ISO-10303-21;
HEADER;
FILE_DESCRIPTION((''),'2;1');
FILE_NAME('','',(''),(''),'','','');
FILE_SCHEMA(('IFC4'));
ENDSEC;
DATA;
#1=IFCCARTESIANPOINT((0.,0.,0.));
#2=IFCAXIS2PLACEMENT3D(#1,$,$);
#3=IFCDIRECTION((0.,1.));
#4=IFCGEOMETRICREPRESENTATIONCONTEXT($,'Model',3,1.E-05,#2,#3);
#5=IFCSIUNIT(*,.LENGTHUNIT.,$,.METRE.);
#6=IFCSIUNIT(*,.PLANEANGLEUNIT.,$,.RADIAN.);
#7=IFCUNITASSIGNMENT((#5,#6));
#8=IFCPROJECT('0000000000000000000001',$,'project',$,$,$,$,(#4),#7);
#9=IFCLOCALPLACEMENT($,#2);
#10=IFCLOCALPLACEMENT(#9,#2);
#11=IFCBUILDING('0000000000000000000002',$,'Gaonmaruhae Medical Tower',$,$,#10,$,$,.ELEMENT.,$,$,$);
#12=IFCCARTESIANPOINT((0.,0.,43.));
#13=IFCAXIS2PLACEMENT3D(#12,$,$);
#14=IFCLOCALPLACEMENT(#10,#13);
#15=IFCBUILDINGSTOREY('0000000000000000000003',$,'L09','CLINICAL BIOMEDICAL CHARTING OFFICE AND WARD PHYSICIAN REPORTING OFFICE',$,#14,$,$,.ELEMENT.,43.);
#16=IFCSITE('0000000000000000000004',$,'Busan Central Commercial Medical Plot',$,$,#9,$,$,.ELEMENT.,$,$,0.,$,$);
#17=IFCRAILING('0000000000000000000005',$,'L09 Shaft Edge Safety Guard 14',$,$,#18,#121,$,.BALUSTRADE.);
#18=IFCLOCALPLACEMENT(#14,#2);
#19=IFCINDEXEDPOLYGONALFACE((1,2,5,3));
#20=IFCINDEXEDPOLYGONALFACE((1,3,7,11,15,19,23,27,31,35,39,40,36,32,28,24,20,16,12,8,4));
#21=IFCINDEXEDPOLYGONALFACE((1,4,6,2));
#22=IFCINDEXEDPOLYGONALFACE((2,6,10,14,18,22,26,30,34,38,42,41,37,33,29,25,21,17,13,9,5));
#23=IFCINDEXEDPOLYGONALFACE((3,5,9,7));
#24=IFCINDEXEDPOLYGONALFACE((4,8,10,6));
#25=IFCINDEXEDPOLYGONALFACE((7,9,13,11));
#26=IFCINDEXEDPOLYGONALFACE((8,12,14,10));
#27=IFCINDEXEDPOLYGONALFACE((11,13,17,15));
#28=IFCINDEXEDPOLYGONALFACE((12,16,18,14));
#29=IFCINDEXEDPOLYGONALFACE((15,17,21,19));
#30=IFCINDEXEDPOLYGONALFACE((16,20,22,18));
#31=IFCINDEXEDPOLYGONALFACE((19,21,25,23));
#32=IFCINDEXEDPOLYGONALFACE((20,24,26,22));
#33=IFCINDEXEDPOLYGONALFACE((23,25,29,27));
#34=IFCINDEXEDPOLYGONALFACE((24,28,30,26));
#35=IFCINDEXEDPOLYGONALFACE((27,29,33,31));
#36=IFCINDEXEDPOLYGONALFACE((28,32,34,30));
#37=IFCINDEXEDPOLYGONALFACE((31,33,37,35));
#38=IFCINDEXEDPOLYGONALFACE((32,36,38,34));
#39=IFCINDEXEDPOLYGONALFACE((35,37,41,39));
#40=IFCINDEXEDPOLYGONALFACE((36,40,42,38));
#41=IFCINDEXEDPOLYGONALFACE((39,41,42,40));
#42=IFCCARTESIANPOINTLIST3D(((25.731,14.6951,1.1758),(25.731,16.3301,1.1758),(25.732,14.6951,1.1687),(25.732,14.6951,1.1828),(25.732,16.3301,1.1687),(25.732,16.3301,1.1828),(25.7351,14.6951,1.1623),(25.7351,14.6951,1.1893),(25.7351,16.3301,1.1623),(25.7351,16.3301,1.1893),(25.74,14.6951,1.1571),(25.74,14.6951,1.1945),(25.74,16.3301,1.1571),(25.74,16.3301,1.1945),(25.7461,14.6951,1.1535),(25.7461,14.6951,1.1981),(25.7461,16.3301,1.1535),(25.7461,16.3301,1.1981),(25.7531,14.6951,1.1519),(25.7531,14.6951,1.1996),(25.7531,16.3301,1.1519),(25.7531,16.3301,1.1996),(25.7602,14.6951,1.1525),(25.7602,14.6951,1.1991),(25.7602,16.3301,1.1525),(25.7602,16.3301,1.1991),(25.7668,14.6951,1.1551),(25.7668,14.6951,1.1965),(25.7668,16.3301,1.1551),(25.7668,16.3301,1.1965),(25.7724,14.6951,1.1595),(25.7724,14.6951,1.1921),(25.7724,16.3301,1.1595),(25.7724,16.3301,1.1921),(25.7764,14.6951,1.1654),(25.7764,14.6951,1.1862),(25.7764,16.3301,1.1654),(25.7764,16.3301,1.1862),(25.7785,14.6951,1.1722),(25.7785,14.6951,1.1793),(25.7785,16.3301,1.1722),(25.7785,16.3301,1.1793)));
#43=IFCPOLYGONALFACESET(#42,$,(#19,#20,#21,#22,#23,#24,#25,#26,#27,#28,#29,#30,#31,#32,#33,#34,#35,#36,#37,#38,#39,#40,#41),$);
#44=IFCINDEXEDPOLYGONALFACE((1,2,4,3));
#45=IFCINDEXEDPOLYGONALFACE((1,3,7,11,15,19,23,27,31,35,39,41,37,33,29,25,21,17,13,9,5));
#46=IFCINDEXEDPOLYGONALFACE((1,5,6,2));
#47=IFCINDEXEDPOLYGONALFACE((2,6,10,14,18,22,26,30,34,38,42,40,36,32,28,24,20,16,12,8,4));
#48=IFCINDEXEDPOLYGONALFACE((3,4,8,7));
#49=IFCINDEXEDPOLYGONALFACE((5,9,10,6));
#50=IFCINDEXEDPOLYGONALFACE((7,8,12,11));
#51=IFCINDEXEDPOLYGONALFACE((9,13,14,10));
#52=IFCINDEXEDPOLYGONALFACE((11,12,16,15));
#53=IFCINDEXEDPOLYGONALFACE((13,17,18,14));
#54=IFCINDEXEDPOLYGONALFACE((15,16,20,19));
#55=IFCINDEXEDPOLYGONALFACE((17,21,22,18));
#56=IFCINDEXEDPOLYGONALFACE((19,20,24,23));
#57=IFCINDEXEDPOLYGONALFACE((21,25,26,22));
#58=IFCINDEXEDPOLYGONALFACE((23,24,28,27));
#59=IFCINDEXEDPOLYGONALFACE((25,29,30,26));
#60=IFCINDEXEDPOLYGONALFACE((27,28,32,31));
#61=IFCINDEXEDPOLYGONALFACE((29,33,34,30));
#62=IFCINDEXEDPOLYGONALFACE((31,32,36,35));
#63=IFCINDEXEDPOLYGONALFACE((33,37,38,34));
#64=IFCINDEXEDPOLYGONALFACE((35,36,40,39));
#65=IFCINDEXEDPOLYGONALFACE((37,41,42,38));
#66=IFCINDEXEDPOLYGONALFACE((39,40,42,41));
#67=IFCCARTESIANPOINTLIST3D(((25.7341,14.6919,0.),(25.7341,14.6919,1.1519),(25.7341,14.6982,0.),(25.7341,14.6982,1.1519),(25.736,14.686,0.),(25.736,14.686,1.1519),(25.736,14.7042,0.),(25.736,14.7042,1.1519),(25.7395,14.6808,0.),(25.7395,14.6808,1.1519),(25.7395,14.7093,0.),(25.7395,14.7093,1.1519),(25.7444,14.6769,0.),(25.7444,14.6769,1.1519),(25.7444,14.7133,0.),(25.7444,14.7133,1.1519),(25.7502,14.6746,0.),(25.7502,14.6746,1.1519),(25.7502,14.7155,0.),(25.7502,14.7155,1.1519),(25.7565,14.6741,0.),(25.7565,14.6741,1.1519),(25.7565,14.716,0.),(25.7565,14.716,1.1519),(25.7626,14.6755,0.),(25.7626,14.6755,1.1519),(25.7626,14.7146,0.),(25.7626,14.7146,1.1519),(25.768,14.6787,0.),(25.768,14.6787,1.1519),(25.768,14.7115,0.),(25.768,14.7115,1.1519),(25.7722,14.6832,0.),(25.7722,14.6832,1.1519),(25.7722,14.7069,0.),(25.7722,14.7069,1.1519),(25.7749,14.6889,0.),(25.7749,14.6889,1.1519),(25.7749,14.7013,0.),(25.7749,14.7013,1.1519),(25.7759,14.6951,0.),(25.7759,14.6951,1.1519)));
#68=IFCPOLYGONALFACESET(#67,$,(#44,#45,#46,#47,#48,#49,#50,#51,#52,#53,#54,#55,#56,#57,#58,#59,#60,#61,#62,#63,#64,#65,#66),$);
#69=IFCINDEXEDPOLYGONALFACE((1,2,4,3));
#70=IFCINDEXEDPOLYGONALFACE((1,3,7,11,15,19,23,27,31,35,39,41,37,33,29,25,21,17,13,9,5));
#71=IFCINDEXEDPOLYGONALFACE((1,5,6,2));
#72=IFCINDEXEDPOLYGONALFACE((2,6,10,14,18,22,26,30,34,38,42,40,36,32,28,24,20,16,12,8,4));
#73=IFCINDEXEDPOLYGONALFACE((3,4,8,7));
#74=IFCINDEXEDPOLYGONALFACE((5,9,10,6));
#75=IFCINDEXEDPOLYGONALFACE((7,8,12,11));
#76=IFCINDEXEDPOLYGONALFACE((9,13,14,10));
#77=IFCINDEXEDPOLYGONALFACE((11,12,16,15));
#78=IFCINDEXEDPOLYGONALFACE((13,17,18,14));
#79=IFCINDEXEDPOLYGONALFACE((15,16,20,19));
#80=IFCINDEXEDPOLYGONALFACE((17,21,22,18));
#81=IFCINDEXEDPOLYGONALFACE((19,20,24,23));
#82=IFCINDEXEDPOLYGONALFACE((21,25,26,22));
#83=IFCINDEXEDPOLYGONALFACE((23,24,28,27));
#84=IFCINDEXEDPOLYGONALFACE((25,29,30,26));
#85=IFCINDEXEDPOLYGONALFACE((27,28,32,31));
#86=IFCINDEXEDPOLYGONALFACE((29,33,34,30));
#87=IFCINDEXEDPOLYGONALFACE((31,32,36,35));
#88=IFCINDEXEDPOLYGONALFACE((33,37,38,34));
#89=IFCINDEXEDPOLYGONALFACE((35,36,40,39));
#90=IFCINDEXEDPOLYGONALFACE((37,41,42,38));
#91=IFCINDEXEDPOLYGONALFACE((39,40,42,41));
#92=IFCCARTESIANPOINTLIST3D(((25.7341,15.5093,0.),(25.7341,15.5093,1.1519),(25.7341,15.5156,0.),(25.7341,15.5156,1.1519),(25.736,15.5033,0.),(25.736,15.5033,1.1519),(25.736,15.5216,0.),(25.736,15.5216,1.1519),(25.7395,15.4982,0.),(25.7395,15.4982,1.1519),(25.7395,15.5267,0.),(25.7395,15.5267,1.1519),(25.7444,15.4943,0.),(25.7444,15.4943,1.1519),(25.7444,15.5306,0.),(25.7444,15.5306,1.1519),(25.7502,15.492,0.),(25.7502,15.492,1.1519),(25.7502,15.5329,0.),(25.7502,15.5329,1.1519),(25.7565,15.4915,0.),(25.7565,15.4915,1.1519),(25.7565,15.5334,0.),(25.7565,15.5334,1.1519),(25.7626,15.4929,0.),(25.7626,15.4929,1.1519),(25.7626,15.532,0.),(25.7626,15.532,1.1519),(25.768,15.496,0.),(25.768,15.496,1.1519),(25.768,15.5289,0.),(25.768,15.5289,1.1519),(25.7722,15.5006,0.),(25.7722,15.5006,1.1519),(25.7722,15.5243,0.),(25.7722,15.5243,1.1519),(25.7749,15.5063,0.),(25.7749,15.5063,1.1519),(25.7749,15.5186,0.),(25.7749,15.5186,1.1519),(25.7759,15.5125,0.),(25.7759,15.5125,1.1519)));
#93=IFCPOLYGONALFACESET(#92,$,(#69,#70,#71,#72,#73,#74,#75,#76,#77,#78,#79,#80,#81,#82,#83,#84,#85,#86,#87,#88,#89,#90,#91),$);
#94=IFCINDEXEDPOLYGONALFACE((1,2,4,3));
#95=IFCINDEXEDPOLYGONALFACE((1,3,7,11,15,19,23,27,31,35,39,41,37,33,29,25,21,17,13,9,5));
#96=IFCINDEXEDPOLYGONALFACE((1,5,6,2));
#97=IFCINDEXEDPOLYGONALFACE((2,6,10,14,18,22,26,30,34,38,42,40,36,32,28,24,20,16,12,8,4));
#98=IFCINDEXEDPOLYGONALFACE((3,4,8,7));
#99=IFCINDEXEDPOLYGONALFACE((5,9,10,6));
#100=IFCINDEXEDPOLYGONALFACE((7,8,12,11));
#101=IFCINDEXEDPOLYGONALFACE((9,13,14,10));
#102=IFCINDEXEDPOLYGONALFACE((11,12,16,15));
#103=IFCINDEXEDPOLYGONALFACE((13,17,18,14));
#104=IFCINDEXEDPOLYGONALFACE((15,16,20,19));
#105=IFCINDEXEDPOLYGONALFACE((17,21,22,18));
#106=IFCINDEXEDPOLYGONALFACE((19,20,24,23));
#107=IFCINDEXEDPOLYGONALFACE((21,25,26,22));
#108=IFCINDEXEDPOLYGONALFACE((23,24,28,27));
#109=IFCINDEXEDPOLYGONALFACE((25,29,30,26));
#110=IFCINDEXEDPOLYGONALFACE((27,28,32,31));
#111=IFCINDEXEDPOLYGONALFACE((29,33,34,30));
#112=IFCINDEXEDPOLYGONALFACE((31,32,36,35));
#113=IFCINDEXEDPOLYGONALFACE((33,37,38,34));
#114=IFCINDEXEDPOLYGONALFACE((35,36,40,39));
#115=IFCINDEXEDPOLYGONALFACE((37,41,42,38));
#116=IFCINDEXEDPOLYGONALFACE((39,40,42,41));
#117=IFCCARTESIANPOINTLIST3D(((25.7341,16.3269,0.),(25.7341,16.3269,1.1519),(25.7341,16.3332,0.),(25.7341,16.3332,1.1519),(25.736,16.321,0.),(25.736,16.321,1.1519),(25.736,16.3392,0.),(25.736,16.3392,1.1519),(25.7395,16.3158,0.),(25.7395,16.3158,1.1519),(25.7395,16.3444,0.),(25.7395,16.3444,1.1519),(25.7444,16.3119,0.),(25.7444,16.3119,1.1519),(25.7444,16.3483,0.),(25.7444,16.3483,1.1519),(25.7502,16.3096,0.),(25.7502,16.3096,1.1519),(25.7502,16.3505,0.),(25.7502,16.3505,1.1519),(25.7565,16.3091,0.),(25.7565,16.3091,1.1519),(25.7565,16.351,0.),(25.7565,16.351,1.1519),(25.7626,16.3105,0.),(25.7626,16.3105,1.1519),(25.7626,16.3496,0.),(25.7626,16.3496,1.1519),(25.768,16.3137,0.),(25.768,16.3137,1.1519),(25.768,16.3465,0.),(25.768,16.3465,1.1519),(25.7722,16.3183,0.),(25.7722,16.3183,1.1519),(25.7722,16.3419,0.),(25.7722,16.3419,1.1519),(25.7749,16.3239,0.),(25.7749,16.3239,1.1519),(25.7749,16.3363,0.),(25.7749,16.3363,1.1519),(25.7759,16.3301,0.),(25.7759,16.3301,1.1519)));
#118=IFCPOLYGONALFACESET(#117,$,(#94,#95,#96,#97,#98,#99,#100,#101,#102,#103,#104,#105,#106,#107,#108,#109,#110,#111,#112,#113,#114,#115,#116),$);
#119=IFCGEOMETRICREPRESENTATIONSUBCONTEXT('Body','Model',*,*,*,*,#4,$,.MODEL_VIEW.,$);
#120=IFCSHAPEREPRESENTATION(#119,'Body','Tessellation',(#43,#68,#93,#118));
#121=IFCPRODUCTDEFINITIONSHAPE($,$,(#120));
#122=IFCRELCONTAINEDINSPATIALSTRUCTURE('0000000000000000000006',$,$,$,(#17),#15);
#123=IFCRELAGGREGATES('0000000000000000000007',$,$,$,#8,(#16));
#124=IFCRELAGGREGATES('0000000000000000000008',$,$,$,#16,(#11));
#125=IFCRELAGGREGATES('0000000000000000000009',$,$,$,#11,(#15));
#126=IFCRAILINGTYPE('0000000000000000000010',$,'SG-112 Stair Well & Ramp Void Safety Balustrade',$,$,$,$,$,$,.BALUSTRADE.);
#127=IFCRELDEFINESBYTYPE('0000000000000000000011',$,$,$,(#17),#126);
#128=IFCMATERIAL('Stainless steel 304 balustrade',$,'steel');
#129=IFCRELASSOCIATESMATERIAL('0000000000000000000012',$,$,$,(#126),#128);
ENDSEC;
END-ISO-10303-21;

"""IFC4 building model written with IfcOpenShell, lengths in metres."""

from ifc_helpers import new_model, si_unit, direction, frame, origin, origin_2d, place, context, subcontext, project, spatial, circle, extrude, material, type_object, element, save


model = new_model("IFC4")

# Units and contexts
model_context = context("Model", 3, precision=1e-05, world=origin(), true_north=direction((0.0, 1.0)))
body_context = subcontext(model_context, "Body", "Model", "MODEL_VIEW")
ifc_project = project(units=[si_unit("LENGTHUNIT", "METRE"), si_unit("PLANEANGLEUNIT", "RADIAN")], contexts=[model_context])

# Site, building, storey
site_placement = place(None, origin())
site = spatial("IfcSite", under=ifc_project, at=site_placement, Name="Busan Central Commercial Medical Plot", CompositionType="ELEMENT", RefElevation=0.0)
building_placement = place(site_placement, origin())
building = spatial("IfcBuilding", under=site, at=building_placement, Name="Gaonmaruhae Medical Tower", CompositionType="ELEMENT")
storey_placement = place(building_placement, frame((0.0, 0.0, 43.0)))
storey = spatial("IfcBuildingStorey", under=building, at=storey_placement, Name="L09", Description="CLINICAL BIOMEDICAL CHARTING OFFICE AND WARD PHYSICIAN REPORTING OFFICE", CompositionType="ELEMENT", Elevation=43.0)

# Railing
ifc_material_1 = material(Name="Stainless steel 304 balustrade", Category="steel")
railing_type_1 = type_object("IfcRailingType", Name="SG-112 Stair Well & Ramp Void Safety Balustrade", PredefinedType="BALUSTRADE", material=ifc_material_1)
for number, where, name in (
    (1, (25.7549, 14.6951, 0.0), "L09 Shaft Edge Safety Guard 14"),
):
    element("IfcRailing", number, at=place(storey_placement, frame(where)), inside=storey, type_object=railing_type_1, Name=name, PredefinedType="BALUSTRADE", context=body_context, shape_type="SweptSolid", body=[
        extrude(circle(Radius=0.0239, at=origin_2d()), frame((0.0, 0.0, 1.1758), z_axis=(0.0, 1.0, 0.0), x_axis=(-1.0, 0.0, 0.0)), (0.0, 0.0, 1.0), 1.635),
        extrude(circle(Radius=0.021, at=origin_2d()), origin(), (0.0, 0.0, 1.0), 1.1519),
        extrude(circle(Radius=0.021, at=origin_2d()), frame((0.0, 0.8174, 0.0)), (0.0, 0.0, 1.0), 1.1519),
        extrude(circle(Radius=0.021, at=origin_2d()), frame((0.0, 1.635, 0.0)), (0.0, 0.0, 1.0), 1.1519),
    ])

save(model, "model.ifc")
